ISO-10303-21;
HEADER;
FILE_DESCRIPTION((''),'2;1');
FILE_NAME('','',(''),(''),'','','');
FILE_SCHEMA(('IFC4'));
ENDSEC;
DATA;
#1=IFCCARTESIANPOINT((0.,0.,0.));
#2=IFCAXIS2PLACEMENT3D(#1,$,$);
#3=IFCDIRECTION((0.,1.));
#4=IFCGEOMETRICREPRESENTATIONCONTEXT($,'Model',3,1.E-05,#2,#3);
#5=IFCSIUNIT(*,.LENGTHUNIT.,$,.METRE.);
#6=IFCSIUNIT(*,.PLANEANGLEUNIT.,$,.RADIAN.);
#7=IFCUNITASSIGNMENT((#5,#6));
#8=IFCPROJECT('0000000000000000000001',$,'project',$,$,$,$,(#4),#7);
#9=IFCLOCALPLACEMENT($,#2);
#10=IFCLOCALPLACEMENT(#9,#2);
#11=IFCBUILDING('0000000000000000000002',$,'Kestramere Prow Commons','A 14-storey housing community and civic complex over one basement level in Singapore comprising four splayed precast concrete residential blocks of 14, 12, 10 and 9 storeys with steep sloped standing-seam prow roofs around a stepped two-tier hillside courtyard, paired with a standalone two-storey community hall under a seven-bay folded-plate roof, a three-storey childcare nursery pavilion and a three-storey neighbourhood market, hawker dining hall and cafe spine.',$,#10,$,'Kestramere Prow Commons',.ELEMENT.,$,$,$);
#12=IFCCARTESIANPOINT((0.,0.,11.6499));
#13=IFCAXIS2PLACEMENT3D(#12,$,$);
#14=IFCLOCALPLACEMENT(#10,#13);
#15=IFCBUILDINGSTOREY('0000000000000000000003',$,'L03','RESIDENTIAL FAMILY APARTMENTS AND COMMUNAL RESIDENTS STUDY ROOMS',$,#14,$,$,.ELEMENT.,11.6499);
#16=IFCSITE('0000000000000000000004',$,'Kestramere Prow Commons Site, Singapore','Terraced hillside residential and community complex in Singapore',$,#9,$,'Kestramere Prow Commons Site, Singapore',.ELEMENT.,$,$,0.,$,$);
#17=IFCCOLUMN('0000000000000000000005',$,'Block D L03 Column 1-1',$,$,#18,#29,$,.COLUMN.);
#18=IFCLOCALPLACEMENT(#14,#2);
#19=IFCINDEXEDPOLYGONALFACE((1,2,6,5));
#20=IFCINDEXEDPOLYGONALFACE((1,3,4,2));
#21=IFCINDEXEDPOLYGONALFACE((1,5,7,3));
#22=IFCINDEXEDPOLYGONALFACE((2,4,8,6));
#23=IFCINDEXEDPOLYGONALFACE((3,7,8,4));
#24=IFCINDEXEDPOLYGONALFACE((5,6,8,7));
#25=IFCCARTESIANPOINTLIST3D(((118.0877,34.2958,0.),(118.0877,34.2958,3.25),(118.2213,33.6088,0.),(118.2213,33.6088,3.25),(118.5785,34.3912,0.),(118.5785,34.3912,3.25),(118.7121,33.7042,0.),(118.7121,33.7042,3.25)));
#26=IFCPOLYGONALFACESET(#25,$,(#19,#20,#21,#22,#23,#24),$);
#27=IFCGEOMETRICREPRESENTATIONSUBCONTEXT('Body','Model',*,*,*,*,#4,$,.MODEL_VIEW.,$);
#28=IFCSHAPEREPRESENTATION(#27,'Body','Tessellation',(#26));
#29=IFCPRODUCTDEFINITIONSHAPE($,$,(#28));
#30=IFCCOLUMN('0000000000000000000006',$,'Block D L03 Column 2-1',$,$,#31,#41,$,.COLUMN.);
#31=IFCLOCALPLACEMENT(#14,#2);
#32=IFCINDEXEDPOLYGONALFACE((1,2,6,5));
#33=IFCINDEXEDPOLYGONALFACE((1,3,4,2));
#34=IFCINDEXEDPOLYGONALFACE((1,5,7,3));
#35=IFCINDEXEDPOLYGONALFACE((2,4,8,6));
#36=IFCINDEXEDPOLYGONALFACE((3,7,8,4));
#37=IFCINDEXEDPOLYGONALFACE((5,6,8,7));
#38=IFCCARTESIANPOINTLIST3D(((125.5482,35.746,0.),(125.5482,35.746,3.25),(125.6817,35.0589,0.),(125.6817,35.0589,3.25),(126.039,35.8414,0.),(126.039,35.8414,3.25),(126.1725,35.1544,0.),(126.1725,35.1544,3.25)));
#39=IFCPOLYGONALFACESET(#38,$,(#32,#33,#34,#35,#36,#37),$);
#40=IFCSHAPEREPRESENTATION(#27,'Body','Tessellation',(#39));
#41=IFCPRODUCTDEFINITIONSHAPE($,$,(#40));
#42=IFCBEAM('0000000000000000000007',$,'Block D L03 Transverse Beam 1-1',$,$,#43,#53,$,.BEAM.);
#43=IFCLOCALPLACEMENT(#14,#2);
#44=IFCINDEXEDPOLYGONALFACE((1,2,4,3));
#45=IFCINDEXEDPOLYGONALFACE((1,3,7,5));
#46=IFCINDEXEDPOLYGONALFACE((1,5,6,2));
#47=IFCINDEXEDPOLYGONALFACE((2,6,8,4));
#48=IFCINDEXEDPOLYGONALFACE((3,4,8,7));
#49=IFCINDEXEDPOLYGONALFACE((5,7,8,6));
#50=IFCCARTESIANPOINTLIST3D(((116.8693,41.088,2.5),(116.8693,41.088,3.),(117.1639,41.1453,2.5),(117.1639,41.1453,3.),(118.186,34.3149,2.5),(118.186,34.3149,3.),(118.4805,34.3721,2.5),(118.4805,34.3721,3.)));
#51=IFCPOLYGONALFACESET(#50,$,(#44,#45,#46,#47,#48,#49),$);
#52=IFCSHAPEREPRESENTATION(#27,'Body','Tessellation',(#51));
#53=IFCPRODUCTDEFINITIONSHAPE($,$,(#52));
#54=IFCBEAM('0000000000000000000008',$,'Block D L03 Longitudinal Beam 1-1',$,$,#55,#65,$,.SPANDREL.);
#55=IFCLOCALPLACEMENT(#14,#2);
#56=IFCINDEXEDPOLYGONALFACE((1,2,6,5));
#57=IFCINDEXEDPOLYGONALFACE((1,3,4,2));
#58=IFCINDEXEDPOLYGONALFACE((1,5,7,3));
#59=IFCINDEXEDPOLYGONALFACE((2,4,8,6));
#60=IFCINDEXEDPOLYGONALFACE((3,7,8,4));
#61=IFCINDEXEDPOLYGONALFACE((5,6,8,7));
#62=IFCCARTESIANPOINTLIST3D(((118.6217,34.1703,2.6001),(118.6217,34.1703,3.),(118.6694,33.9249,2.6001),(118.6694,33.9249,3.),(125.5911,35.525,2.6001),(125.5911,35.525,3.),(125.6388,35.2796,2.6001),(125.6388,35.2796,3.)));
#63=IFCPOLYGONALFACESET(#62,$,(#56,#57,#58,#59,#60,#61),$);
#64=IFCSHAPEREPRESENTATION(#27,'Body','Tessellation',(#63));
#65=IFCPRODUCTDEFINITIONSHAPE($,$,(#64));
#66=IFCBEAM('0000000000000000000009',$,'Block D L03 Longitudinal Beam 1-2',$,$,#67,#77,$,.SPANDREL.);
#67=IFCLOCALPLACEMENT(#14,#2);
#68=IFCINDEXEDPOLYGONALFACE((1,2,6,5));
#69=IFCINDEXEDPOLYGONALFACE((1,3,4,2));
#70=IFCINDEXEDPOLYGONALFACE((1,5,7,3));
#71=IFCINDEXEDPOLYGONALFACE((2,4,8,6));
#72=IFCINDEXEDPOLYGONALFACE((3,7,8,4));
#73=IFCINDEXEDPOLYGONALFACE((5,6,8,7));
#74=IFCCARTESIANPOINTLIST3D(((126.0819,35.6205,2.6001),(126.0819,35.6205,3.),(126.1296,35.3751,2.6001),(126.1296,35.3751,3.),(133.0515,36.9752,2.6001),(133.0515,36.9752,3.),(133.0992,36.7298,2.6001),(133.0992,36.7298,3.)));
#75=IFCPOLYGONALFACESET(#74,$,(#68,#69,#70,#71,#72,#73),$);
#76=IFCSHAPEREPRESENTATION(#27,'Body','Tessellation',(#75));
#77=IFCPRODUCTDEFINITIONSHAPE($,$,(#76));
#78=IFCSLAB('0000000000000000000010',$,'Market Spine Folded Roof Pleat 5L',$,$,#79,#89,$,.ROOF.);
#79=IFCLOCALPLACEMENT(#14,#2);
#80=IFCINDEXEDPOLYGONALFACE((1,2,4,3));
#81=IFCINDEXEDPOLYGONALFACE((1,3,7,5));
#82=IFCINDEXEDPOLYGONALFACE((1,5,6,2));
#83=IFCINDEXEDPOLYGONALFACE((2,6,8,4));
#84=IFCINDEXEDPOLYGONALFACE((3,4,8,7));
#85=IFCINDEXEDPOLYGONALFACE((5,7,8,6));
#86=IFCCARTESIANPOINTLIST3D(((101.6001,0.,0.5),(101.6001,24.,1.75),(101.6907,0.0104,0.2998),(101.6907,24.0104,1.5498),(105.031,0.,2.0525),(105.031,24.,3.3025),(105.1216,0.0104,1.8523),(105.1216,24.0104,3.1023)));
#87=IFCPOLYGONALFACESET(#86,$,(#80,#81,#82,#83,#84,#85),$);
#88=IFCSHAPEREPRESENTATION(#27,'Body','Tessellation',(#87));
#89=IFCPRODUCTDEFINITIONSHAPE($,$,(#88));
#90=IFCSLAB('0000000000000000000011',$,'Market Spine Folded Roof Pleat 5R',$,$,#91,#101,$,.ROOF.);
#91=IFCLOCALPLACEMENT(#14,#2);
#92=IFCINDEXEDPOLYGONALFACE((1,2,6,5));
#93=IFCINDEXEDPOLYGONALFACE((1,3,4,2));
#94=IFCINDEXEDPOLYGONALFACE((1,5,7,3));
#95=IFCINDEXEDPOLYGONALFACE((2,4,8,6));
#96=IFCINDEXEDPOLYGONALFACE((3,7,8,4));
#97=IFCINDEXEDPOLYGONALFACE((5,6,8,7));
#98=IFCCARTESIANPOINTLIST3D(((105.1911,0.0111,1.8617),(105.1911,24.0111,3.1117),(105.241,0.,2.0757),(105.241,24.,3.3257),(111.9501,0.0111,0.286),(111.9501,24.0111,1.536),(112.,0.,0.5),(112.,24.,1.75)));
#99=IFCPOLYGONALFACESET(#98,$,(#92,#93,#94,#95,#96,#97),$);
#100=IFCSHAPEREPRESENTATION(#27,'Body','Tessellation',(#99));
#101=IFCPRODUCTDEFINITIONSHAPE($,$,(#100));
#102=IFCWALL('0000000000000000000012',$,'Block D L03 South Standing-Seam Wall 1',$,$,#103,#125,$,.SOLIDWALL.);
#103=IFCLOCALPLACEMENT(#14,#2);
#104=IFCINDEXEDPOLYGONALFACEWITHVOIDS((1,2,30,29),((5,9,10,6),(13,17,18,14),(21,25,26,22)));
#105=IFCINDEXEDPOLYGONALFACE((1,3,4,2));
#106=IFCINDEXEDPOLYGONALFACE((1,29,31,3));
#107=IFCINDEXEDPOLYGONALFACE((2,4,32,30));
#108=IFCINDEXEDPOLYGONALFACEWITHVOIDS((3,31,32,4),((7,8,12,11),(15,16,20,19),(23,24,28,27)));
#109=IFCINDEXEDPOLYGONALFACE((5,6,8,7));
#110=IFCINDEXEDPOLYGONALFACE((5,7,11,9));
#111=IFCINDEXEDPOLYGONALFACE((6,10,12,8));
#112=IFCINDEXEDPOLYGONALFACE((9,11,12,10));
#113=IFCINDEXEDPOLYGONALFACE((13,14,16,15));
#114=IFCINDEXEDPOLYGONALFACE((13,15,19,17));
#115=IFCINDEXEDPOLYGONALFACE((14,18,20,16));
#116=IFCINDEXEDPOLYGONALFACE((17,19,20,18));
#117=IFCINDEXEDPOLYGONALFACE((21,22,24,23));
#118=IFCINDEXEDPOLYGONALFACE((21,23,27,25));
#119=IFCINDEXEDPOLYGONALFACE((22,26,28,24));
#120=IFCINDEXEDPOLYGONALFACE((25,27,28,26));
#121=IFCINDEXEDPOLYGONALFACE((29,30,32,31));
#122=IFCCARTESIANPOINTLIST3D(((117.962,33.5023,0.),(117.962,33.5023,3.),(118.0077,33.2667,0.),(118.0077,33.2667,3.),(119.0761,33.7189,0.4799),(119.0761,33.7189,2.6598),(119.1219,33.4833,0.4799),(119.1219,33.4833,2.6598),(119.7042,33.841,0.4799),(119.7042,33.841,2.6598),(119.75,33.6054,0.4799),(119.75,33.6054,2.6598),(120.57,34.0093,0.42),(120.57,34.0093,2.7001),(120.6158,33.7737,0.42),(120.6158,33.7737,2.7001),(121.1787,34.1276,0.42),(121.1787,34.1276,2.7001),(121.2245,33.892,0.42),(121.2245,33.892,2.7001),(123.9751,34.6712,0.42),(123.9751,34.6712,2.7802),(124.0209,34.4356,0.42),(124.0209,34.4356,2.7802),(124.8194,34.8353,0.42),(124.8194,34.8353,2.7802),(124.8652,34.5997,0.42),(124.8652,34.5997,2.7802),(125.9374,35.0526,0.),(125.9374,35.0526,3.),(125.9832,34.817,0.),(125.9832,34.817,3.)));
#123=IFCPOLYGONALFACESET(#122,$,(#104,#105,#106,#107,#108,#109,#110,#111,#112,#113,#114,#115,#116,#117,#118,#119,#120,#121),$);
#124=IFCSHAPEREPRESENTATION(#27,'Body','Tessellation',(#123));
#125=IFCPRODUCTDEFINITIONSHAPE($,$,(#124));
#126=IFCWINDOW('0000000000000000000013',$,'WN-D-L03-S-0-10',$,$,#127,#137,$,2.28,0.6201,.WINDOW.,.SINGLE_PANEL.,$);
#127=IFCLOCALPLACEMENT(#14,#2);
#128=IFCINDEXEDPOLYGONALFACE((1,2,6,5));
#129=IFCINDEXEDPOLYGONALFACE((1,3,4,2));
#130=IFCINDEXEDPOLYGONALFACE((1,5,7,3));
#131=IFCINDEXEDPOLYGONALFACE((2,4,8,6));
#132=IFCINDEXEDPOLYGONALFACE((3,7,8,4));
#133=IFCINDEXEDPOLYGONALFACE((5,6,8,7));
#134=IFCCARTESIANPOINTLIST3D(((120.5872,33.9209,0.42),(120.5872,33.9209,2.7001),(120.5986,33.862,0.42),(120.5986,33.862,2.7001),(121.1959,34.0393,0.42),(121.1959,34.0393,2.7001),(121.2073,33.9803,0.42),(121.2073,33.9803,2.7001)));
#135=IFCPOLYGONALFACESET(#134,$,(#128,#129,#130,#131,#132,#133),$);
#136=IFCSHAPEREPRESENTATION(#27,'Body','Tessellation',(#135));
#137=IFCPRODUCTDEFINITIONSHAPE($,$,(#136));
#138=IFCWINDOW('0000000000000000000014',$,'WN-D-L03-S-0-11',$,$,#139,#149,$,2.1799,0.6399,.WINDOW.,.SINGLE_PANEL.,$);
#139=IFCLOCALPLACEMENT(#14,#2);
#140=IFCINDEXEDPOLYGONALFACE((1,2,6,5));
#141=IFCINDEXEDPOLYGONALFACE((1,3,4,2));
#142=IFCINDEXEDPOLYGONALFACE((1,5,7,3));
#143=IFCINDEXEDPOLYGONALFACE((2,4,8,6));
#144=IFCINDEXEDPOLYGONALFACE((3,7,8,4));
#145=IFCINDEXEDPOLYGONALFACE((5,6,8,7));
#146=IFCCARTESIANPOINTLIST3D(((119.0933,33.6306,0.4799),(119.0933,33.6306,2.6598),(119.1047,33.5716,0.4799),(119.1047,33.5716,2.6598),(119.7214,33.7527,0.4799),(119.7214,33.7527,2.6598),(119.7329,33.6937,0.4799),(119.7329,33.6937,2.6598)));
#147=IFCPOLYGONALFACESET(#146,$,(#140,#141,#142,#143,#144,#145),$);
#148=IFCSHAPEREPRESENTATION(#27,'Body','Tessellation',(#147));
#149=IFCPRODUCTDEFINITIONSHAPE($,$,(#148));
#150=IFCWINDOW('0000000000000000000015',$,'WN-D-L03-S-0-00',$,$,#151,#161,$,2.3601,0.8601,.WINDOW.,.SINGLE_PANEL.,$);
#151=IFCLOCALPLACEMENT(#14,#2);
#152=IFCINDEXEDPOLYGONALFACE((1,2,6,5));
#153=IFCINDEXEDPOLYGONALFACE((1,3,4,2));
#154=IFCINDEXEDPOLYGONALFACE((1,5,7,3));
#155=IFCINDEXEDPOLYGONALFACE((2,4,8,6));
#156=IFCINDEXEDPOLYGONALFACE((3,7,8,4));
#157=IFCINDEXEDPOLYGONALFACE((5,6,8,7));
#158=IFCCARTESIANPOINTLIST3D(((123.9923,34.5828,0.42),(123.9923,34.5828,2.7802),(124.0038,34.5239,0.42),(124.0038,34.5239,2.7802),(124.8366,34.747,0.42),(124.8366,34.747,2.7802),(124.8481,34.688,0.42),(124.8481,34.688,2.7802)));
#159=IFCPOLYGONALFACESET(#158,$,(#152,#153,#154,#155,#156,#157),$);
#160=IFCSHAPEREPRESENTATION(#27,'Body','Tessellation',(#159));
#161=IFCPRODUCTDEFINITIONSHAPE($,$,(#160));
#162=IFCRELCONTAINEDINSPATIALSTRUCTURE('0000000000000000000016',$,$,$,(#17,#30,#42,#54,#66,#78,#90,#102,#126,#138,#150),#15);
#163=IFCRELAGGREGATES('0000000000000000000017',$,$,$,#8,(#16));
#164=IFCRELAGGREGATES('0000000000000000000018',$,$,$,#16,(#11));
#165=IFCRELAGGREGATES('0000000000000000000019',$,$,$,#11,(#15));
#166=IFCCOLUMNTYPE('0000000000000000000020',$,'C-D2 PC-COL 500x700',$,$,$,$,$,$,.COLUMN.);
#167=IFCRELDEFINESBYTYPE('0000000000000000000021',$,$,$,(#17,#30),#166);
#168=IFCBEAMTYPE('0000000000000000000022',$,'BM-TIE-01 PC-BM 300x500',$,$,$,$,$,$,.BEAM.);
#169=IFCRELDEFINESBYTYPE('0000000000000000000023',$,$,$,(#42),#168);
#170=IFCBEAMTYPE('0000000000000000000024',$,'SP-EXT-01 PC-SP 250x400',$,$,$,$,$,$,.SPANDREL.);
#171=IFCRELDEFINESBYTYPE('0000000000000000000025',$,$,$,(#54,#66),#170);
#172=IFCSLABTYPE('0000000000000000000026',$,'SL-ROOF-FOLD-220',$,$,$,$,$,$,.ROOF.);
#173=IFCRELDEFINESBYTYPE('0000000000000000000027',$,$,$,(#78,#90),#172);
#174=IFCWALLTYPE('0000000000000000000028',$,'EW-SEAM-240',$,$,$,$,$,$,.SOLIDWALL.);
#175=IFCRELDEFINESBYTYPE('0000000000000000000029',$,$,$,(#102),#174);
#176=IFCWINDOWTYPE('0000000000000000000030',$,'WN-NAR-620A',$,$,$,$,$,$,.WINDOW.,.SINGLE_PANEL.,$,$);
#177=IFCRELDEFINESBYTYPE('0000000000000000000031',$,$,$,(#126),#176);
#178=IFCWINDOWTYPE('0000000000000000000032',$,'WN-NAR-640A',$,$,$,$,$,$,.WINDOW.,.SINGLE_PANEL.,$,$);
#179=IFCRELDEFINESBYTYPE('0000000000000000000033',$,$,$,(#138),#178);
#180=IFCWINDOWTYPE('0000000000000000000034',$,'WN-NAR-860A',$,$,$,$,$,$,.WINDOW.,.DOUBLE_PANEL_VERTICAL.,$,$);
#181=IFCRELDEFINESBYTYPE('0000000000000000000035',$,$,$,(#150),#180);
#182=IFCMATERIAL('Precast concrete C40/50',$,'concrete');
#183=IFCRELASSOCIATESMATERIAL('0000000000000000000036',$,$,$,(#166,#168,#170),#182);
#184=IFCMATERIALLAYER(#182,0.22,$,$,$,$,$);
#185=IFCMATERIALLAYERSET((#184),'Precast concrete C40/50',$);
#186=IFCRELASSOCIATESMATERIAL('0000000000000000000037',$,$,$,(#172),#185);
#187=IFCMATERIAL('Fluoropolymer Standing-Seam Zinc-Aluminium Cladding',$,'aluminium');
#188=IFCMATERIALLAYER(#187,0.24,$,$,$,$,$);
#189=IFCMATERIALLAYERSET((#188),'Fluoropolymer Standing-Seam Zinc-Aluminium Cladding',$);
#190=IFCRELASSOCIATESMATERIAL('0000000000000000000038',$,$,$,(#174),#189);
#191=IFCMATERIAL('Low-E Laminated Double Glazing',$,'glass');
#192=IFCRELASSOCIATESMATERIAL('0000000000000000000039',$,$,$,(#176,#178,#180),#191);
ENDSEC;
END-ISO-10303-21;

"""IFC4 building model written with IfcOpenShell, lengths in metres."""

from ifc_helpers import new_model, si_unit, direction, frame, frame_2d, origin, origin_2d, place, context, subcontext, project, spatial, polyline, rectangle, outline, extrude, material, layer, layer_set, material_profile, profile_set, type_object, element, fill, save


model = new_model("IFC4")

# Units and contexts
model_context = context("Model", 3, precision=1e-05, world=origin(), true_north=direction((0.0, 1.0)))
body_context = subcontext(model_context, "Body", "Model", "MODEL_VIEW")
ifc_project = project(units=[si_unit("LENGTHUNIT", "METRE"), si_unit("PLANEANGLEUNIT", "RADIAN")], contexts=[model_context])

# Site, building, storey
site_placement = place(None, origin())
site = spatial("IfcSite", under=ifc_project, at=site_placement, Name="Kestramere Prow Commons Site, Singapore", Description="Terraced hillside residential and community complex in Singapore", LongName="Kestramere Prow Commons Site, Singapore", CompositionType="ELEMENT", RefElevation=0.0)
building_placement = place(site_placement, origin())
building = spatial("IfcBuilding", under=site, at=building_placement, Name="Kestramere Prow Commons", Description="A 14-storey housing community and civic complex over one basement level in Singapore comprising four splayed precast concrete residential blocks of 14, 12, 10 and 9 storeys with steep sloped standing-seam prow roofs around a stepped two-tier hillside courtyard, paired with a standalone two-storey community hall under a seven-bay folded-plate roof, a three-storey childcare nursery pavilion and a three-storey neighbourhood market, hawker dining hall and cafe spine.", LongName="Kestramere Prow Commons", CompositionType="ELEMENT")
storey_placement = place(building_placement, frame((0.0, 0.0, 11.6499)))
storey = spatial("IfcBuildingStorey", under=building, at=storey_placement, Name="L03", Description="RESIDENTIAL FAMILY APARTMENTS AND COMMUNAL RESIDENTS STUDY ROOMS", CompositionType="ELEMENT", Elevation=11.6499)

# Columns
ifc_material_1 = material(Name="Precast concrete C40/50", Category="concrete")
ifc_material_profile_1 = material_profile(ifc_material_1, rectangle(XDim=0.5, YDim=0.7, at=origin_2d()), Name="PC-COL 500x700")
ifc_profile_set_1 = profile_set([ifc_material_profile_1], Name="Precast concrete C40/50")
column_type = type_object("IfcColumnType", Name="C-D2 PC-COL 500x700", PredefinedType="COLUMN", material=ifc_profile_set_1)
for number, where, z_axis, x_axis, name in (
    (1, (118.3999, 34.0, 0.0), (0.0, 0.0, 1.0), (0.981627, 0.190809, 0.0), "Block D L03 Column 1-1"),
    (2, (125.8604, 35.4502, 0.0), (0.0, 0.0, 1.0), (0.981627, 0.190809, 0.0), "Block D L03 Column 2-1"),
):
    element("IfcColumn", number, at=place(storey_placement, frame(where, z_axis=z_axis, x_axis=x_axis)), inside=storey, type_object=column_type, Name=name, PredefinedType="COLUMN", context=body_context, shape_type="SweptSolid", body=[
        extrude(rectangle(XDim=0.5, YDim=0.7, at=origin_2d()), origin(), (0.0, 0.0, 1.0), 3.25),
    ])

# Beams
ifc_material_profile_2 = material_profile(ifc_material_1, rectangle(XDim=0.3, YDim=0.5, at=origin_2d()), Name="PC-BM 300x500")
ifc_profile_set_2 = profile_set([ifc_material_profile_2], Name="Precast concrete C40/50")
beam_type_1 = type_object("IfcBeamType", Name="BM-TIE-01 PC-BM 300x500", PredefinedType="BEAM", material=ifc_profile_set_2)
beam_1_placement = place(storey_placement, frame((118.3333, 34.3435, 2.75), z_axis=(-0.190819, 0.981625, 0.0), x_axis=(-0.981625, -0.190819, 0.0)))
element("IfcBeam", 3, at=beam_1_placement, inside=storey, type_object=beam_type_1, Name="Block D L03 Transverse Beam 1-1", PredefinedType="BEAM", context=body_context, shape_type="SweptSolid", body=[
    extrude(rectangle(XDim=0.3, YDim=0.5, at=origin_2d()), origin(), (0.0, 0.0, 1.0), 6.8999),
])
ifc_material_profile_3 = material_profile(ifc_material_1, rectangle(XDim=0.25, YDim=0.3999, at=origin_2d()), Name="PC-SP 250x400")
ifc_profile_set_3 = profile_set([ifc_material_profile_3], Name="Precast concrete C40/50")
beam_type_2 = type_object("IfcBeamType", Name="SP-EXT-01 PC-SP 250x400", PredefinedType="SPANDREL", material=ifc_profile_set_3)
beam_2_placement = place(storey_placement, frame((118.6455, 34.0476, 2.8), z_axis=(0.981627, 0.19081, 0.0), x_axis=(-0.19081, 0.981627, 0.0)))
element("IfcBeam", 4, at=beam_2_placement, inside=storey, type_object=beam_type_2, Name="Block D L03 Longitudinal Beam 1-1", PredefinedType="SPANDREL", context=body_context, shape_type="SweptSolid", body=[
    extrude(rectangle(XDim=0.25, YDim=0.3999, at=origin_2d()), origin(), (0.0, 0.0, 1.0), 7.0999),
])
beam_3_placement = place(storey_placement, frame((126.1057, 35.4978, 2.8), z_axis=(0.981628, 0.190803, 0.0), x_axis=(-0.190803, 0.981628, 0.0)))
element("IfcBeam", 5, at=beam_3_placement, inside=storey, type_object=beam_type_2, Name="Block D L03 Longitudinal Beam 1-2", PredefinedType="SPANDREL", context=body_context, shape_type="SweptSolid", body=[
    extrude(rectangle(XDim=0.25, YDim=0.3999, at=origin_2d()), origin(), (0.0, 0.0, 1.0), 7.1001),
])

# Slabs
ifc_layer_1 = layer(ifc_material_1, 0.22)
ifc_layer_set_1 = layer_set([ifc_layer_1], Name="Precast concrete C40/50")
slab_type = type_object("IfcSlabType", Name="SL-ROOF-FOLD-220", PredefinedType="ROOF", material=ifc_layer_set_1)
slab_1_placement = place(storey_placement, frame((101.6001, 0.0, 0.5), z_axis=(-0.411795, -0.047398, 0.910043), x_axis=(0.911067, 0.0, 0.412259)))
element("IfcSlab", 6, at=slab_1_placement, inside=storey, type_object=slab_type, Name="Market Spine Folded Roof Pleat 5L", PredefinedType="ROOF", context=body_context, shape_type="SweptSolid", body=[
    extrude(outline(polyline([(0.0, 0.0), (3.7658, 0.0), (4.2811, 24.027), (0.5153, 24.027), (0.0, 0.0)])), origin(), (0.0, 0.0, -1.0), 0.22),
])
slab_2_placement = place(storey_placement, frame((105.241, 0.0, 2.0757), z_axis=(0.226744, -0.050658, 0.972636), x_axis=(0.973887, 0.0, -0.227035)))
element("IfcSlab", 7, at=slab_2_placement, inside=storey, type_object=slab_type, Name="Market Spine Folded Roof Pleat 5R", PredefinedType="ROOF", context=body_context, shape_type="SweptSolid", body=[
    extrude(outline(polyline([(0.0, 0.0), (6.9403, 0.0), (6.6565, 24.0309), (-0.2838, 24.0309), (0.0, 0.0)])), origin(), (0.0, 0.0, -1.0), 0.22),
])

# Wall, openings, windows
ifc_material_2 = material(Name="Fluoropolymer Standing-Seam Zinc-Aluminium Cladding", Category="aluminium")
ifc_layer_2 = layer(ifc_material_2, 0.24)
ifc_layer_set_2 = layer_set([ifc_layer_2], Name="Fluoropolymer Standing-Seam Zinc-Aluminium Cladding")
wall_type_1 = type_object("IfcWallType", Name="EW-SEAM-240", PredefinedType="SOLIDWALL", material=ifc_layer_set_2)
wall_1_placement = place(storey_placement, frame((125.9604, 34.9348, 0.0), z_axis=(0.0, 0.0, 1.0), x_axis=(-0.981627, -0.190809, 0.0)))
wall_1 = element("IfcWall", 8, at=wall_1_placement, inside=storey, type_object=wall_type_1, Name="Block D L03 South Standing-Seam Wall 1", PredefinedType="SOLIDWALL", context=body_context, shape_type="SweptSolid", body=[
    extrude(rectangle(XDim=8.1248, YDim=0.24, at=frame_2d((4.0625, 0.0))), origin(), (0.0, 0.0, 1.0), 3.0),
])
opening_1_placement = place(wall_1_placement, frame((1.1389, 0.0, 0.4199)))
opening_1 = element("IfcOpeningElement", 9, at=opening_1_placement, cuts=wall_1, PredefinedType="OPENING", context=body_context, shape_type="SweptSolid", body=[
    extrude(rectangle(XDim=0.8601, YDim=2.3601, at=frame_2d((0.4302, 1.1802))), frame((0.0, 0.135, 0.0), z_axis=(0.0, -1.0, 0.0), x_axis=(1.0, 0.0, 0.0)), (0.0, 0.0, 1.0), 0.27),
])
opening_2_placement = place(wall_1_placement, frame((4.8479, 0.0, 0.4199)))
opening_2 = element("IfcOpeningElement", 10, at=opening_2_placement, cuts=wall_1, PredefinedType="OPENING", context=body_context, shape_type="SweptSolid", body=[
    extrude(rectangle(XDim=0.6201, YDim=2.28, at=frame_2d((0.3101, 1.1401))), frame((0.0, 0.135, 0.0), z_axis=(0.0, -1.0, 0.0), x_axis=(1.0, 0.0, 0.0)), (0.0, 0.0, 1.0), 0.27),
])
opening_3_placement = place(wall_1_placement, frame((6.3501, 0.0, 0.48)))
opening_3 = element("IfcOpeningElement", 11, at=opening_3_placement, cuts=wall_1, PredefinedType="OPENING", context=body_context, shape_type="SweptSolid", body=[
    extrude(rectangle(XDim=0.6399, YDim=2.1799, at=frame_2d((0.3198, 1.0898))), frame((0.0, 0.135, 0.0), z_axis=(0.0, -1.0, 0.0), x_axis=(1.0, 0.0, 0.0)), (0.0, 0.0, 1.0), 0.27),
])
ifc_material_3 = material(Name="Low-E Laminated Double Glazing", Category="glass")
window_type_1 = type_object("IfcWindowType", Name="WN-NAR-620A", PartitioningType="SINGLE_PANEL", PredefinedType="WINDOW", material=ifc_material_3)
window_1_placement = place(opening_2_placement, origin())
window_1 = element("IfcWindow", 12, at=window_1_placement, inside=storey, type_object=window_type_1, Name="WN-D-L03-S-0-10", OverallHeight=2.28, OverallWidth=0.6201, PartitioningType="SINGLE_PANEL", PredefinedType="WINDOW", context=body_context, shape_type="SweptSolid", body=[
    extrude(rectangle(XDim=0.6201, YDim=2.28, at=frame_2d((0.3101, 1.1401))), frame((0.0, 0.03, 0.0), z_axis=(0.0, -1.0, 0.0), x_axis=(1.0, 0.0, 0.0)), (0.0, 0.0, 1.0), 0.0601),
])
fill(opening_2, window_1)
window_type_2 = type_object("IfcWindowType", Name="WN-NAR-640A", PartitioningType="SINGLE_PANEL", PredefinedType="WINDOW", material=ifc_material_3)
window_2_placement = place(opening_3_placement, origin())
window_2 = element("IfcWindow", 13, at=window_2_placement, inside=storey, type_object=window_type_2, Name="WN-D-L03-S-0-11", OverallHeight=2.1799, OverallWidth=0.6399, PartitioningType="SINGLE_PANEL", PredefinedType="WINDOW", context=body_context, shape_type="SweptSolid", body=[
    extrude(rectangle(XDim=0.6399, YDim=2.1799, at=frame_2d((0.3198, 1.0898))), frame((0.0, 0.03, 0.0), z_axis=(0.0, -1.0, 0.0), x_axis=(1.0, 0.0, 0.0)), (0.0, 0.0, 1.0), 0.0601),
])
fill(opening_3, window_2)
window_type_3 = type_object("IfcWindowType", Name="WN-NAR-860A", PartitioningType="DOUBLE_PANEL_VERTICAL", PredefinedType="WINDOW", material=ifc_material_3)
window_3_placement = place(opening_1_placement, origin())
window_3 = element("IfcWindow", 14, at=window_3_placement, inside=storey, type_object=window_type_3, Name="WN-D-L03-S-0-00", OverallHeight=2.3601, OverallWidth=0.8601, PartitioningType="SINGLE_PANEL", PredefinedType="WINDOW", context=body_context, shape_type="SweptSolid", body=[
    extrude(rectangle(XDim=0.8601, YDim=2.3601, at=frame_2d((0.4302, 1.1802))), frame((0.0, 0.03, 0.0), z_axis=(0.0, -1.0, 0.0), x_axis=(1.0, 0.0, 0.0)), (0.0, 0.0, 1.0), 0.0601),
])
fill(opening_1, window_3)

save(model, "model.ifc")
